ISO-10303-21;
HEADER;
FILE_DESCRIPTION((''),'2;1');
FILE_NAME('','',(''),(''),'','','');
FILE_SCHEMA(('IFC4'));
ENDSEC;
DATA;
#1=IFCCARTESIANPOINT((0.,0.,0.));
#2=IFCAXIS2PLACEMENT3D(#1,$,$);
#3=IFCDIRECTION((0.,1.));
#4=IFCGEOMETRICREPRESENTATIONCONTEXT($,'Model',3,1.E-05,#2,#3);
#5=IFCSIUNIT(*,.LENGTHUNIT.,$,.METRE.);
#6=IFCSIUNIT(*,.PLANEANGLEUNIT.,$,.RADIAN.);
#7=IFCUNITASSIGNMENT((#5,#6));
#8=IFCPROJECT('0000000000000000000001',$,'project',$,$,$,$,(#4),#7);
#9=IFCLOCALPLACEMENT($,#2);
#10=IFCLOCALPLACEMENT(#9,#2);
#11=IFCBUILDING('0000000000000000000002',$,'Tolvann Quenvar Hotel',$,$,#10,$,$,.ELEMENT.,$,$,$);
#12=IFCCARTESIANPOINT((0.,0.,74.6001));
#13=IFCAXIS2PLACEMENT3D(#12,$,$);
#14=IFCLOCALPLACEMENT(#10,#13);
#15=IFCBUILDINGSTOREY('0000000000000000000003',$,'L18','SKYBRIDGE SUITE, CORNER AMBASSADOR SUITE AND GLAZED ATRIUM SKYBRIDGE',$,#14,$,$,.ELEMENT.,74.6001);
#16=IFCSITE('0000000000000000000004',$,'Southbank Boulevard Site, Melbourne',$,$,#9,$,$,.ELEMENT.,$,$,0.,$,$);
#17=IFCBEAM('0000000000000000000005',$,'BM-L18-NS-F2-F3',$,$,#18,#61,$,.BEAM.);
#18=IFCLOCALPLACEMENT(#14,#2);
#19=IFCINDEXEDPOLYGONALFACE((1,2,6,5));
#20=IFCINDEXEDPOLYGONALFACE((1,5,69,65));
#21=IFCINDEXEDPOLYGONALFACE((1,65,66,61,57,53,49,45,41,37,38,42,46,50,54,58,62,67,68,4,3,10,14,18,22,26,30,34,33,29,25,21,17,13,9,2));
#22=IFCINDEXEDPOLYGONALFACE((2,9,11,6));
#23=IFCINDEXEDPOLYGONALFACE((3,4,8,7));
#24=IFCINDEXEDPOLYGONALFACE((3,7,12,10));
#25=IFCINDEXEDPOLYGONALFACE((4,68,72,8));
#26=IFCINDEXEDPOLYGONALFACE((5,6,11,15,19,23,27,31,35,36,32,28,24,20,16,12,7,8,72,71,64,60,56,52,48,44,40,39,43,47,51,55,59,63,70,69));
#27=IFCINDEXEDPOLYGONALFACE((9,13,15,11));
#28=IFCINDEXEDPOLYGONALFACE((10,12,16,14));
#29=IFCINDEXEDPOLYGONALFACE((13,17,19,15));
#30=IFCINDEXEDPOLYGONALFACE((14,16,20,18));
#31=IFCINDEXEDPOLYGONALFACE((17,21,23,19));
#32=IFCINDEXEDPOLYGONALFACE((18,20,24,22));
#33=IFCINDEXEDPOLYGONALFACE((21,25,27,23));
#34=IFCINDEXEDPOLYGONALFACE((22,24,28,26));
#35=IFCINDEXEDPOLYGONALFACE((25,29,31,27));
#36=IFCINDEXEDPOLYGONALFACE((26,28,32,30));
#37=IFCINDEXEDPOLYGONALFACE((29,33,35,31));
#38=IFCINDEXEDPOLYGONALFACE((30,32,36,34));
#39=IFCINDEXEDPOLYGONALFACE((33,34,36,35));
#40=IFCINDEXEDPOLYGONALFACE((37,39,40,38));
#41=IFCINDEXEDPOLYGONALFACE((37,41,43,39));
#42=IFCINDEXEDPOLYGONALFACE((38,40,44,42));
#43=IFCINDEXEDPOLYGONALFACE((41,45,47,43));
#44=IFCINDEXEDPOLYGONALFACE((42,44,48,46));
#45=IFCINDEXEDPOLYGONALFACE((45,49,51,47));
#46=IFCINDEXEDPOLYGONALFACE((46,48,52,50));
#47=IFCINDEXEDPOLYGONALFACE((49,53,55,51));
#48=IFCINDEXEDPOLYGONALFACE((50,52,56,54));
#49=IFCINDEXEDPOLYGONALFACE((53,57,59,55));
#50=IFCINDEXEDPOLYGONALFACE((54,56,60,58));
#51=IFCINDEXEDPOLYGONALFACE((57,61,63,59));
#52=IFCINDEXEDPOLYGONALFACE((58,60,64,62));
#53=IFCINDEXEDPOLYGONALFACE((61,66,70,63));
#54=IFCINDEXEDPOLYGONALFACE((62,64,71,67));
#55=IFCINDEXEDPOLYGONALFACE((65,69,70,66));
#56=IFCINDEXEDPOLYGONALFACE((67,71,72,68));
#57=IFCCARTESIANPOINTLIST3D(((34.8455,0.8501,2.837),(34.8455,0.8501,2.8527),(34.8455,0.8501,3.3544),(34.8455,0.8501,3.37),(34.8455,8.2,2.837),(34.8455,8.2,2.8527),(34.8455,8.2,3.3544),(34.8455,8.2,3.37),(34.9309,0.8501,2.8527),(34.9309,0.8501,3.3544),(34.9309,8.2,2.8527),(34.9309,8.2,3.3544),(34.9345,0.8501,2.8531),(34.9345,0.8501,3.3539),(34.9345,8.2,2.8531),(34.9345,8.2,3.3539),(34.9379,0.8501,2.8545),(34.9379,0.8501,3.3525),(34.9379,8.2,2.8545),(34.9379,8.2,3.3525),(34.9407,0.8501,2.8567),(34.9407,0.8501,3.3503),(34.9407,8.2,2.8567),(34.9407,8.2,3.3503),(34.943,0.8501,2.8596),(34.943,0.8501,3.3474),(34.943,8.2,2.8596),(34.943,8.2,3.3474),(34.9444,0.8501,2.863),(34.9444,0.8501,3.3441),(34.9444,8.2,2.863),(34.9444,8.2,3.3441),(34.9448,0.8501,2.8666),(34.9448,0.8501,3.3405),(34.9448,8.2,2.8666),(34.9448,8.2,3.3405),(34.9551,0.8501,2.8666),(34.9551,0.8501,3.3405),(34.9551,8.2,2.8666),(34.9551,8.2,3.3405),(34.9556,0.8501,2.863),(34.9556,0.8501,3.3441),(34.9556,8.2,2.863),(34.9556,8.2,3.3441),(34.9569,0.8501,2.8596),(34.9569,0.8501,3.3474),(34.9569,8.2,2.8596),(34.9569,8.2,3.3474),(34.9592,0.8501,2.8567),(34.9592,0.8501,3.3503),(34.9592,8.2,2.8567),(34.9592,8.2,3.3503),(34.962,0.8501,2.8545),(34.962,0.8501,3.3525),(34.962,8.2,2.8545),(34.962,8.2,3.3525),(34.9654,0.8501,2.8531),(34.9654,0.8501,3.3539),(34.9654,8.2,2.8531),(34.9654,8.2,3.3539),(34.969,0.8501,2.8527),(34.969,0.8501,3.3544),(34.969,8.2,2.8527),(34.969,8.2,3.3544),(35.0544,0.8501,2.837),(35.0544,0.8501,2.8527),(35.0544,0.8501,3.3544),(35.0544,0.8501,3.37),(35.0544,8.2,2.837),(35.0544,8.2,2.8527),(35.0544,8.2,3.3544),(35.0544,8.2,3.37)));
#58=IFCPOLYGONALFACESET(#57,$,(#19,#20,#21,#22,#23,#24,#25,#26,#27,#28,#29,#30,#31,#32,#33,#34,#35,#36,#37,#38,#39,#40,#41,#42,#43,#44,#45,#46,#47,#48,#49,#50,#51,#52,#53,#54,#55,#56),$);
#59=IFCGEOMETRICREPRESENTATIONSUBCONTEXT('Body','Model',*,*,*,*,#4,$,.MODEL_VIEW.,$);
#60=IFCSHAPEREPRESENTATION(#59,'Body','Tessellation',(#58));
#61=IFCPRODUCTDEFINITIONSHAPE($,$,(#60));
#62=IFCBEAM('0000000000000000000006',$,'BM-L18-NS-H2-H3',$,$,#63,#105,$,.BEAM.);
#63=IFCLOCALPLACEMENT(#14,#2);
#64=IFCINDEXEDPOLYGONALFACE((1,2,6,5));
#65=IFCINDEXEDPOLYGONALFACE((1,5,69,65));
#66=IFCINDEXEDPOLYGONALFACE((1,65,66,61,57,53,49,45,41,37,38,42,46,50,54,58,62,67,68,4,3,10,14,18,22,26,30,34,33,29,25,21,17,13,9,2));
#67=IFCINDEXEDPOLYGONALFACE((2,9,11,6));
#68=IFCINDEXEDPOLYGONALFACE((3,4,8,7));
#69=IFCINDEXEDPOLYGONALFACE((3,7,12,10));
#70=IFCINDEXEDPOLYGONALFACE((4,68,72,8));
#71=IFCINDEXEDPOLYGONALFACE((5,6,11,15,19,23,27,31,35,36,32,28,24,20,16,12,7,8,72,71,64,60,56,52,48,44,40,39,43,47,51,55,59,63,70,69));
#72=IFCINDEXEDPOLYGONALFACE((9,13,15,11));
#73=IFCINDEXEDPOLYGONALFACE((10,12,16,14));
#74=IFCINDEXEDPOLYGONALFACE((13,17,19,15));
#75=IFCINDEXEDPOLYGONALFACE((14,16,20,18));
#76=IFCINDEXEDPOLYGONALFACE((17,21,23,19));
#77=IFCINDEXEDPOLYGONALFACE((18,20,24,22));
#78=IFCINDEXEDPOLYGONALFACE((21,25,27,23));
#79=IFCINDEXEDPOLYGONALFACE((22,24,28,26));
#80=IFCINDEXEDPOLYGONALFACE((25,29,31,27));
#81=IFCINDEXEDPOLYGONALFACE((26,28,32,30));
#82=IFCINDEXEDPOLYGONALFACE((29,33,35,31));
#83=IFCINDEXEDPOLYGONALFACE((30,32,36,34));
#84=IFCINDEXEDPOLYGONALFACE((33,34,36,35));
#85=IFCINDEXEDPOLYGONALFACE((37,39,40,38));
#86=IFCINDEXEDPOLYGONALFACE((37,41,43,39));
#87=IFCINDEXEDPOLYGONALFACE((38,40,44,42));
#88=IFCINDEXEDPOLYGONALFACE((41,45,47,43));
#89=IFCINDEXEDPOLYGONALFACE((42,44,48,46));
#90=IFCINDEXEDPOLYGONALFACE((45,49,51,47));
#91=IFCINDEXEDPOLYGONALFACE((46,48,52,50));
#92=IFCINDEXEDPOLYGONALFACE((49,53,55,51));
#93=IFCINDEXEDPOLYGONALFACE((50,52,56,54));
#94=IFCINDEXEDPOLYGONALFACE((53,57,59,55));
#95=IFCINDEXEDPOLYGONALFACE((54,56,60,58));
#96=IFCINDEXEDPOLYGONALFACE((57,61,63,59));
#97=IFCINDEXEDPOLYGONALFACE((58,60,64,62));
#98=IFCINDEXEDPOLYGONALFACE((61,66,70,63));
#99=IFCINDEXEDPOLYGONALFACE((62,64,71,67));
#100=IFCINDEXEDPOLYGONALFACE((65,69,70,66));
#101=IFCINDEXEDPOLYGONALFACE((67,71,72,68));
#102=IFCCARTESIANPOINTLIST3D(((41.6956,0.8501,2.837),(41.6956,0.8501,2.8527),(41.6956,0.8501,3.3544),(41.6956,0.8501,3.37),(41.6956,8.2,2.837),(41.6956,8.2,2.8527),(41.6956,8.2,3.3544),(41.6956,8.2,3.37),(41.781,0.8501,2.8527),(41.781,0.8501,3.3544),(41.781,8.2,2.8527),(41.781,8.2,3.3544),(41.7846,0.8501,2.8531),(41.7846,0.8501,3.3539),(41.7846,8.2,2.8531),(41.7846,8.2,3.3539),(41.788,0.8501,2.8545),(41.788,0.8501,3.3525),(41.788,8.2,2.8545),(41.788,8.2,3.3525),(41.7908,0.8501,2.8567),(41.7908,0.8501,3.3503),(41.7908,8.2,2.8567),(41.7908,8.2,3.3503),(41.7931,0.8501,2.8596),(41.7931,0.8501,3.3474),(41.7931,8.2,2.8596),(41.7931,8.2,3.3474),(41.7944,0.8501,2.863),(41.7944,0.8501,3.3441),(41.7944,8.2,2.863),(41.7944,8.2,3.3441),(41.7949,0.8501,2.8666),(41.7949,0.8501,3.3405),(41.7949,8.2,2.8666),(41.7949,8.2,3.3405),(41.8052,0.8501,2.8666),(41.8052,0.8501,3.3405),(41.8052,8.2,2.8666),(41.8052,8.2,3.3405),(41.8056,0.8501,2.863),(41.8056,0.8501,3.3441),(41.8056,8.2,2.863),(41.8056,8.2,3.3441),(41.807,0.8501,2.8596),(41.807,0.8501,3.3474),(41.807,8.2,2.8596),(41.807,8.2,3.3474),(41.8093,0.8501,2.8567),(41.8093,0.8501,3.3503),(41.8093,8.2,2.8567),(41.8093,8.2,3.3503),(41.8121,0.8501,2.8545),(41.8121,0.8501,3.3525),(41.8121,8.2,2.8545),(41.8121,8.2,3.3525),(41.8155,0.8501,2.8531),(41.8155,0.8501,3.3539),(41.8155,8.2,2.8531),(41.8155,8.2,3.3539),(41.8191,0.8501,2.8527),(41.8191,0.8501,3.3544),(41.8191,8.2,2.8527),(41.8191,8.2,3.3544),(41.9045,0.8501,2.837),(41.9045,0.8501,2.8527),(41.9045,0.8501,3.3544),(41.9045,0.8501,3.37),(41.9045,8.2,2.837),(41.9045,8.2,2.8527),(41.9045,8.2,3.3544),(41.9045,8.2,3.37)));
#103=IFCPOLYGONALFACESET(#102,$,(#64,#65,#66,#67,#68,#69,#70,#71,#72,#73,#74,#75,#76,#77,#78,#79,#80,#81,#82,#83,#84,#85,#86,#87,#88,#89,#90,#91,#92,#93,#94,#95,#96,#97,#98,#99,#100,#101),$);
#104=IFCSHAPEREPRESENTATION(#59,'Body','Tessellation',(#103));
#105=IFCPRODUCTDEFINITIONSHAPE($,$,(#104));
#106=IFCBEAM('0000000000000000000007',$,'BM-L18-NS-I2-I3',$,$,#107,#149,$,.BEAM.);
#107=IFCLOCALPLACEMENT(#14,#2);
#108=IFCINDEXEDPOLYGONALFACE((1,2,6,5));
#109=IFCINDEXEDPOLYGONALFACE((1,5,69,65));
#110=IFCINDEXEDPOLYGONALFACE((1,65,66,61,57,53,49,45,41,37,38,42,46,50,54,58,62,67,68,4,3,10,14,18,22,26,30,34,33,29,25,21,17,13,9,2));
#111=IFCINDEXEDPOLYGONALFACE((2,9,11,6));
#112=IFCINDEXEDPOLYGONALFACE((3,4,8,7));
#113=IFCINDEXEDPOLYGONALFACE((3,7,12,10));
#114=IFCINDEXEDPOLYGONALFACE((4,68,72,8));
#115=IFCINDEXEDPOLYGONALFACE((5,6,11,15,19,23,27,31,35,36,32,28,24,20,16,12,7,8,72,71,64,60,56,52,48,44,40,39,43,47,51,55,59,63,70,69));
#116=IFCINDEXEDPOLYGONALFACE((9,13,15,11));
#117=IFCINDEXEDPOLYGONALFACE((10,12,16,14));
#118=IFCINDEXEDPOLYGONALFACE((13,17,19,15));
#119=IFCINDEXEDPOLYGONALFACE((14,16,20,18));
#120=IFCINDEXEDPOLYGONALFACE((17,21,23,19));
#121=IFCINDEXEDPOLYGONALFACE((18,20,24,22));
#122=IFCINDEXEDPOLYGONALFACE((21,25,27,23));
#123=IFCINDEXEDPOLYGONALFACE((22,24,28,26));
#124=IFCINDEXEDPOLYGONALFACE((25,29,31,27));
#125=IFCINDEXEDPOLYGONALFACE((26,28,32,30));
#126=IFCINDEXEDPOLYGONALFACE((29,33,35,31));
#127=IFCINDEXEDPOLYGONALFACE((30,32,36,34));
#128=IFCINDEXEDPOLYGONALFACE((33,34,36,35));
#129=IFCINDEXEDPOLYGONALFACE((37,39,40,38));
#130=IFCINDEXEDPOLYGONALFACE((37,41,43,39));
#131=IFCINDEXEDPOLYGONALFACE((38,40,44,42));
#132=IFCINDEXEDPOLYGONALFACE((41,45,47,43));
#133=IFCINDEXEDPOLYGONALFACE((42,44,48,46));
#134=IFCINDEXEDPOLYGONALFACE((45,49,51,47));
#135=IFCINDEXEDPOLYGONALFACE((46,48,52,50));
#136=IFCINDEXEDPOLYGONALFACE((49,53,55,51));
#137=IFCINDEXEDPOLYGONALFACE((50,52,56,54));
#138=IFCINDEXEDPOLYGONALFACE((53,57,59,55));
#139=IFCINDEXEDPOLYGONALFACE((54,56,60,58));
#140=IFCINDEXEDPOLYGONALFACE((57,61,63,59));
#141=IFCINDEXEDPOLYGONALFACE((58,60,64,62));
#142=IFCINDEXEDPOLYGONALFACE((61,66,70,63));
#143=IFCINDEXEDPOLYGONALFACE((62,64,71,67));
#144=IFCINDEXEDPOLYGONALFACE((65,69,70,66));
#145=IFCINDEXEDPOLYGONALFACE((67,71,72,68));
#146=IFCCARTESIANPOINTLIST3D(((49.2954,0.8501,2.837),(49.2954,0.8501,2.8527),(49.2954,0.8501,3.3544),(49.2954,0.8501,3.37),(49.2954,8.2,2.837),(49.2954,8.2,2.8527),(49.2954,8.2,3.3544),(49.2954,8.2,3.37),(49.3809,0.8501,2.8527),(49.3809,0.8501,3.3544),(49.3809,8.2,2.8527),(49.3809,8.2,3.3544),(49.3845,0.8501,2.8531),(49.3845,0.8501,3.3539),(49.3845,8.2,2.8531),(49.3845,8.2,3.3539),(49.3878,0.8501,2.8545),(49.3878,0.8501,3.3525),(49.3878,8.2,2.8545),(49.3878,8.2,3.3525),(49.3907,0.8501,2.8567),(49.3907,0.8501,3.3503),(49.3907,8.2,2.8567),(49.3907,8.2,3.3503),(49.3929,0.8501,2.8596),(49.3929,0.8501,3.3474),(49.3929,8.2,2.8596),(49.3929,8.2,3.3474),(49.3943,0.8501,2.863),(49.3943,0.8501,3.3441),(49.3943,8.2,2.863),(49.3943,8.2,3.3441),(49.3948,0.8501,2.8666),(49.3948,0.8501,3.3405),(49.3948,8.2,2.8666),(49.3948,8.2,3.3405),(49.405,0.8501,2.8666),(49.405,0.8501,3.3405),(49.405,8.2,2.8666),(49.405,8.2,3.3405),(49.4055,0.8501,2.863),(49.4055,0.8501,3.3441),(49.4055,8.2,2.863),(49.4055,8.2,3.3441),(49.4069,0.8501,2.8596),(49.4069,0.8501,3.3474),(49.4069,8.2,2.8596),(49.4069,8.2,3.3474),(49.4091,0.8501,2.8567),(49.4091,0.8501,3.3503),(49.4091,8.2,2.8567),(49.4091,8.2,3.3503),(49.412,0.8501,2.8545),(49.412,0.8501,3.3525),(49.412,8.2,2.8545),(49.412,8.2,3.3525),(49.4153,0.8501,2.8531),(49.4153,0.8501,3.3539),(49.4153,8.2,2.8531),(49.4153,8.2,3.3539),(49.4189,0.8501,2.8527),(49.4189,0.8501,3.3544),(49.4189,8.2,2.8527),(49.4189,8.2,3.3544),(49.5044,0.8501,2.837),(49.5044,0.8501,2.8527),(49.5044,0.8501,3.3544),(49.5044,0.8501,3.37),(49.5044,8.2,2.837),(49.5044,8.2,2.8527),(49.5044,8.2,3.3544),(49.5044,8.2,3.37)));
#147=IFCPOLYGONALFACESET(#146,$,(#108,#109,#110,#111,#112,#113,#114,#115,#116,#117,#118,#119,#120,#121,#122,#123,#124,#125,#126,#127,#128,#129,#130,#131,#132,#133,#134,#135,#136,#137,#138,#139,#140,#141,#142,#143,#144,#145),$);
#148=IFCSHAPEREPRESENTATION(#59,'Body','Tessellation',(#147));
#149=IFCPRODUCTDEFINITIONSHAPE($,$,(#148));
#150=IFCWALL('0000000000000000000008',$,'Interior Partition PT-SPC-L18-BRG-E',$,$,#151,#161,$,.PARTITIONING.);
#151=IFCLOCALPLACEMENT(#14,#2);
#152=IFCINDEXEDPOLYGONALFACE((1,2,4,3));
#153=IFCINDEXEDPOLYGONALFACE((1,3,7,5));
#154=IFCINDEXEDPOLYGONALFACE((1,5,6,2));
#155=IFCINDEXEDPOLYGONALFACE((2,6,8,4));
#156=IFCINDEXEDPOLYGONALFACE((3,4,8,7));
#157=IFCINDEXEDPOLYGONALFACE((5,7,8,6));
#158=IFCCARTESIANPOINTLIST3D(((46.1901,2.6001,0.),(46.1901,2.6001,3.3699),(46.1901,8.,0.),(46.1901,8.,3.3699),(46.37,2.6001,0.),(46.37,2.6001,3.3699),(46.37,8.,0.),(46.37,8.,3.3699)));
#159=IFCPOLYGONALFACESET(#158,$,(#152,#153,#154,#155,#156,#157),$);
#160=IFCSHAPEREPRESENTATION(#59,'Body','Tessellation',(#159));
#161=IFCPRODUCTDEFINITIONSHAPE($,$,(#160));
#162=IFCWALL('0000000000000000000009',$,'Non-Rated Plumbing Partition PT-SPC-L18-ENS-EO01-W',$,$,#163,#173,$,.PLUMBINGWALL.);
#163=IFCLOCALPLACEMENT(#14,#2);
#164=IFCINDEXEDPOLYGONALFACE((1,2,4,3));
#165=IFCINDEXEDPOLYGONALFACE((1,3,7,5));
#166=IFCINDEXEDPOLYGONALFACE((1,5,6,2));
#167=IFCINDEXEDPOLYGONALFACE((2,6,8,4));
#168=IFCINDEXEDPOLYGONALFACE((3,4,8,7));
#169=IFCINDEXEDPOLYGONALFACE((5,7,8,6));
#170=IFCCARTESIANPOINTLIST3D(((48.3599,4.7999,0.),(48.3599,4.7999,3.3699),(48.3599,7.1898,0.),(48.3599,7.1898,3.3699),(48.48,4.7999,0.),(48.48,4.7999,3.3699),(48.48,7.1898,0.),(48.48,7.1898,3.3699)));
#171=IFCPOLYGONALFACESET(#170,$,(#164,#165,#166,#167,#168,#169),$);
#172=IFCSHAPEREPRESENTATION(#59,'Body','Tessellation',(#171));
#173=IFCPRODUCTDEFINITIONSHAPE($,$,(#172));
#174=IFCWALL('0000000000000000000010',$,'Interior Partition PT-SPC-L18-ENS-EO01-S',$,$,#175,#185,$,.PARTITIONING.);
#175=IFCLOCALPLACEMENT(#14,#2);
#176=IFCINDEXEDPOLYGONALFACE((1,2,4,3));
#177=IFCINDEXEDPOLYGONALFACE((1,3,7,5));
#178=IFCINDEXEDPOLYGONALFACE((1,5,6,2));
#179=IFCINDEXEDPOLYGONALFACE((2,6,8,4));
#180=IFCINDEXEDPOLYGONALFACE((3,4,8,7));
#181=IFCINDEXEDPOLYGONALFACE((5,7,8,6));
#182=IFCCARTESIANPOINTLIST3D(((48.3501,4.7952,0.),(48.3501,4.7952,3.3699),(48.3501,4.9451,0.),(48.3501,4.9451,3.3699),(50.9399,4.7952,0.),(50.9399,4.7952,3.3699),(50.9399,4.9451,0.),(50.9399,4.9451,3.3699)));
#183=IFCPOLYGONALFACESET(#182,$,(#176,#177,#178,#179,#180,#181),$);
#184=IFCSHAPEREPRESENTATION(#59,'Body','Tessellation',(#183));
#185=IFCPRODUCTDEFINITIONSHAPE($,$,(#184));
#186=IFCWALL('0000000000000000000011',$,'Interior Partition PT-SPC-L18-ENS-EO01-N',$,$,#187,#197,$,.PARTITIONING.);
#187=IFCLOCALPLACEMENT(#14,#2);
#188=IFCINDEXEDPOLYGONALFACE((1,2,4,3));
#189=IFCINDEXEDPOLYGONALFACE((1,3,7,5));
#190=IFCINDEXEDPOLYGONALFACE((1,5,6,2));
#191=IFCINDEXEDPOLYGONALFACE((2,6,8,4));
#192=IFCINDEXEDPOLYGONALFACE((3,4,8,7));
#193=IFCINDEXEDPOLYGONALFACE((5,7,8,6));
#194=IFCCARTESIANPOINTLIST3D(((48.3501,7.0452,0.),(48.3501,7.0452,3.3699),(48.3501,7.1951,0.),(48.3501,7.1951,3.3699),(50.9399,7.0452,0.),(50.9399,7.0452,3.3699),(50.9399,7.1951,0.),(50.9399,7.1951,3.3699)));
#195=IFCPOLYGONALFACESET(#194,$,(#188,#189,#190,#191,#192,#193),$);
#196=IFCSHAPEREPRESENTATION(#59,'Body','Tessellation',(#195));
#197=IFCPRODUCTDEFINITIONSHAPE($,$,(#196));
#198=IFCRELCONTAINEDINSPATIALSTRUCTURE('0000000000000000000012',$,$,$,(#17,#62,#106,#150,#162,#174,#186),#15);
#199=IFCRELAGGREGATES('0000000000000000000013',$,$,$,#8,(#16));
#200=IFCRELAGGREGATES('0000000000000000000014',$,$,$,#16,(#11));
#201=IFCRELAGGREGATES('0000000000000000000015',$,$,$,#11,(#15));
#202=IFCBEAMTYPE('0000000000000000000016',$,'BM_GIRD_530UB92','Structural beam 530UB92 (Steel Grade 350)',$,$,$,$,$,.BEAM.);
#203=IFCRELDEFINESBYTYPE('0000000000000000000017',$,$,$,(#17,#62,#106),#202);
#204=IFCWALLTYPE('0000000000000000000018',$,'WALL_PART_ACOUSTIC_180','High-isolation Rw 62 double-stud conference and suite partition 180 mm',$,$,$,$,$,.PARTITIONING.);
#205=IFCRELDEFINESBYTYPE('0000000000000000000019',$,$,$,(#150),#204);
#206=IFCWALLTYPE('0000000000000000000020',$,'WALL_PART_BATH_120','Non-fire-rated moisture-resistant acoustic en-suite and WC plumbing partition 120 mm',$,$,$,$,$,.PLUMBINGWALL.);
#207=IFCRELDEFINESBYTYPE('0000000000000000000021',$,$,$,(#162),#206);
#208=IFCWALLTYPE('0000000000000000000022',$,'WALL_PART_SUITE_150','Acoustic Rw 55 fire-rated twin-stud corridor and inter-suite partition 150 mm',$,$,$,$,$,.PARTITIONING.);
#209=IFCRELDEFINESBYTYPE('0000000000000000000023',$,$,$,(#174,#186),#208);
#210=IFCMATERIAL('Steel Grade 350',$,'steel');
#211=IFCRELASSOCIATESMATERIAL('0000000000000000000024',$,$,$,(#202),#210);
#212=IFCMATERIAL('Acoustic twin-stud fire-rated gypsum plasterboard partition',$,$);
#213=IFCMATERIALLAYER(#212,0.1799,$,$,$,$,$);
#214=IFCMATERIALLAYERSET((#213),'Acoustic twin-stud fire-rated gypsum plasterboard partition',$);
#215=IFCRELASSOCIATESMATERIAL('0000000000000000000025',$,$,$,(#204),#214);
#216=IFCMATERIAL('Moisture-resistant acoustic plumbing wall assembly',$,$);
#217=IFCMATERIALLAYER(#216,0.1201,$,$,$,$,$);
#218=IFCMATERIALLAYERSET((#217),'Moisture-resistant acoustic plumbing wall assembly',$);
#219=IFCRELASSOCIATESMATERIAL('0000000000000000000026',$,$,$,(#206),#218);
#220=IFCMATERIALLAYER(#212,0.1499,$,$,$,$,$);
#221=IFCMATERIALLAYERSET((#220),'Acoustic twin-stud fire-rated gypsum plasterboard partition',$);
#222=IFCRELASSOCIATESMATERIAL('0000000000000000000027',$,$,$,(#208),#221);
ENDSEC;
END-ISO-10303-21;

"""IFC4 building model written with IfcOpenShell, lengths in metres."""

from ifc_helpers import new_model, si_unit, direction, frame, frame_2d, origin, origin_2d, place, context, subcontext, project, spatial, rectangle, i_section, extrude, source, transform, mapped, material, layer, layer_set, material_profile, profile_set, type_object, type_shapes, element, save


model = new_model("IFC4")

# Units and contexts
model_context = context("Model", 3, precision=1e-05, world=origin(), true_north=direction((0.0, 1.0)))
body_context = subcontext(model_context, "Body", "Model", "MODEL_VIEW")
ifc_project = project(units=[si_unit("LENGTHUNIT", "METRE"), si_unit("PLANEANGLEUNIT", "RADIAN")], contexts=[model_context])

# Site, building, storey
site_placement = place(None, origin())
site = spatial("IfcSite", under=ifc_project, at=site_placement, Name="Southbank Boulevard Site, Melbourne", CompositionType="ELEMENT", RefElevation=0.0)
building_placement = place(site_placement, origin())
building = spatial("IfcBuilding", under=site, at=building_placement, Name="Tolvann Quenvar Hotel", CompositionType="ELEMENT")
storey_placement = place(building_placement, frame((0.0, 0.0, 74.6001)))
storey = spatial("IfcBuildingStorey", under=building, at=storey_placement, Name="L18", Description="SKYBRIDGE SUITE, CORNER AMBASSADOR SUITE AND GLAZED ATRIUM SKYBRIDGE", CompositionType="ELEMENT", Elevation=74.6001)

# Beams
ifc_material_1 = material(Name="Steel Grade 350", Category="steel")
ifc_material_profile_1 = material_profile(ifc_material_1, i_section(OverallWidth=0.209, OverallDepth=0.533, WebThickness=0.0103, FlangeThickness=0.0156, FilletRadius=0.0139, at=origin_2d()), Name="530UB92")
ifc_profile_set_1 = profile_set([ifc_material_profile_1], Name="Steel Grade 350")
beam_type_1 = type_object("IfcBeamType", Name="BM_GIRD_530UB92", Description="Structural beam 530UB92 (Steel Grade 350)", PredefinedType="BEAM", material=ifc_profile_set_1)
shared_shape_1 = source(origin(), body_context, "Body", "SweptSolid", [
    extrude(i_section(OverallWidth=0.209, OverallDepth=0.533, WebThickness=0.0103, FlangeThickness=0.0156, FilletRadius=0.0139, at=origin_2d()), origin(), (0.0, 0.0, 1.0), 7.3499),
])
type_shapes(beam_type_1, [shared_shape_1])
for number, where, z_axis, x_axis, name in (
    (1, (34.95, 0.8501, 3.1035), (0.0, 1.0, 0.0), (-1.0, 0.0, 0.0), "BM-L18-NS-F2-F3"),
    (2, (41.8, 0.8501, 3.1035), (0.0, 1.0, 0.0), (-1.0, 0.0, 0.0), "BM-L18-NS-H2-H3"),
    (3, (49.3999, 0.8501, 3.1035), (0.0, 1.0, 0.0), (-1.0, 0.0, 0.0), "BM-L18-NS-I2-I3"),
):
    element("IfcBeam", number, at=place(storey_placement, frame(where, z_axis=z_axis, x_axis=x_axis)), inside=storey, type_object=beam_type_1, Name=name, PredefinedType="BEAM", context=body_context, shape_type="MappedRepresentation", body=[
        mapped(shared_shape_1, transform((0.0, 0.0, 0.0), x_axis=(1.0, 0.0, 0.0), y_axis=(0.0, 1.0, 0.0), z_axis=(0.0, 0.0, 1.0), scale=1.0)),
    ])

# Walls
ifc_material_2 = material(Name="Acoustic twin-stud fire-rated gypsum plasterboard partition")
ifc_layer_1 = layer(ifc_material_2, 0.1799)
ifc_layer_set_1 = layer_set([ifc_layer_1], Name="Acoustic twin-stud fire-rated gypsum plasterboard partition")
wall_type_1 = type_object("IfcWallType", Name="WALL_PART_ACOUSTIC_180", Description="High-isolation Rw 62 double-stud conference and suite partition 180 mm", PredefinedType="PARTITIONING", material=ifc_layer_set_1)
wall_1_placement = place(storey_placement, frame((46.28, 2.6001, 0.0), z_axis=(0.0, 0.0, 1.0), x_axis=(0.0, 1.0, 0.0)))
element("IfcWall", 4, at=wall_1_placement, inside=storey, type_object=wall_type_1, Name="Interior Partition PT-SPC-L18-BRG-E", PredefinedType="PARTITIONING", context=body_context, shape_type="SweptSolid", body=[
    extrude(rectangle(XDim=5.3999, YDim=0.1799, at=frame_2d((2.7, 0.0))), origin(), (0.0, 0.0, 1.0), 3.3699),
])
ifc_material_3 = material(Name="Moisture-resistant acoustic plumbing wall assembly")
ifc_layer_2 = layer(ifc_material_3, 0.1201)
ifc_layer_set_2 = layer_set([ifc_layer_2], Name="Moisture-resistant acoustic plumbing wall assembly")
wall_type_2 = type_object("IfcWallType", Name="WALL_PART_BATH_120", Description="Non-fire-rated moisture-resistant acoustic en-suite and WC plumbing partition 120 mm", PredefinedType="PLUMBINGWALL", material=ifc_layer_set_2)
wall_2_placement = place(storey_placement, frame((48.4199, 4.8, 0.0), z_axis=(0.0, 0.0, 1.0), x_axis=(0.0, 1.0, 0.0)))
element("IfcWall", 5, at=wall_2_placement, inside=storey, type_object=wall_type_2, Name="Non-Rated Plumbing Partition PT-SPC-L18-ENS-EO01-W", PredefinedType="PLUMBINGWALL", context=body_context, shape_type="SweptSolid", body=[
    extrude(rectangle(XDim=2.3899, YDim=0.1201, at=frame_2d((1.1948, 0.0))), origin(), (0.0, 0.0, 1.0), 3.3699),
])
ifc_layer_3 = layer(ifc_material_2, 0.1499)
ifc_layer_set_3 = layer_set([ifc_layer_3], Name="Acoustic twin-stud fire-rated gypsum plasterboard partition")
wall_type_3 = type_object("IfcWallType", Name="WALL_PART_SUITE_150", Description="Acoustic Rw 55 fire-rated twin-stud corridor and inter-suite partition 150 mm", PredefinedType="PARTITIONING", material=ifc_layer_set_3)
for number, where, z_axis, x_axis, name in (
    (6, (48.3501, 4.8701, 0.0), (0.0, 0.0, 1.0), (1.0, 0.0, 0.0), "Interior Partition PT-SPC-L18-ENS-EO01-S"),
    (7, (48.3501, 7.1201, 0.0), (0.0, 0.0, 1.0), (1.0, 0.0, 0.0), "Interior Partition PT-SPC-L18-ENS-EO01-N"),
):
    element("IfcWall", number, at=place(storey_placement, frame(where, z_axis=z_axis, x_axis=x_axis)), inside=storey, type_object=wall_type_3, Name=name, PredefinedType="PARTITIONING", context=body_context, shape_type="SweptSolid", body=[
        extrude(rectangle(XDim=2.5898, YDim=0.1499, at=frame_2d((1.2949, 0.0))), origin(), (0.0, 0.0, 1.0), 3.3699),
    ])

save(model, "model.ifc")
